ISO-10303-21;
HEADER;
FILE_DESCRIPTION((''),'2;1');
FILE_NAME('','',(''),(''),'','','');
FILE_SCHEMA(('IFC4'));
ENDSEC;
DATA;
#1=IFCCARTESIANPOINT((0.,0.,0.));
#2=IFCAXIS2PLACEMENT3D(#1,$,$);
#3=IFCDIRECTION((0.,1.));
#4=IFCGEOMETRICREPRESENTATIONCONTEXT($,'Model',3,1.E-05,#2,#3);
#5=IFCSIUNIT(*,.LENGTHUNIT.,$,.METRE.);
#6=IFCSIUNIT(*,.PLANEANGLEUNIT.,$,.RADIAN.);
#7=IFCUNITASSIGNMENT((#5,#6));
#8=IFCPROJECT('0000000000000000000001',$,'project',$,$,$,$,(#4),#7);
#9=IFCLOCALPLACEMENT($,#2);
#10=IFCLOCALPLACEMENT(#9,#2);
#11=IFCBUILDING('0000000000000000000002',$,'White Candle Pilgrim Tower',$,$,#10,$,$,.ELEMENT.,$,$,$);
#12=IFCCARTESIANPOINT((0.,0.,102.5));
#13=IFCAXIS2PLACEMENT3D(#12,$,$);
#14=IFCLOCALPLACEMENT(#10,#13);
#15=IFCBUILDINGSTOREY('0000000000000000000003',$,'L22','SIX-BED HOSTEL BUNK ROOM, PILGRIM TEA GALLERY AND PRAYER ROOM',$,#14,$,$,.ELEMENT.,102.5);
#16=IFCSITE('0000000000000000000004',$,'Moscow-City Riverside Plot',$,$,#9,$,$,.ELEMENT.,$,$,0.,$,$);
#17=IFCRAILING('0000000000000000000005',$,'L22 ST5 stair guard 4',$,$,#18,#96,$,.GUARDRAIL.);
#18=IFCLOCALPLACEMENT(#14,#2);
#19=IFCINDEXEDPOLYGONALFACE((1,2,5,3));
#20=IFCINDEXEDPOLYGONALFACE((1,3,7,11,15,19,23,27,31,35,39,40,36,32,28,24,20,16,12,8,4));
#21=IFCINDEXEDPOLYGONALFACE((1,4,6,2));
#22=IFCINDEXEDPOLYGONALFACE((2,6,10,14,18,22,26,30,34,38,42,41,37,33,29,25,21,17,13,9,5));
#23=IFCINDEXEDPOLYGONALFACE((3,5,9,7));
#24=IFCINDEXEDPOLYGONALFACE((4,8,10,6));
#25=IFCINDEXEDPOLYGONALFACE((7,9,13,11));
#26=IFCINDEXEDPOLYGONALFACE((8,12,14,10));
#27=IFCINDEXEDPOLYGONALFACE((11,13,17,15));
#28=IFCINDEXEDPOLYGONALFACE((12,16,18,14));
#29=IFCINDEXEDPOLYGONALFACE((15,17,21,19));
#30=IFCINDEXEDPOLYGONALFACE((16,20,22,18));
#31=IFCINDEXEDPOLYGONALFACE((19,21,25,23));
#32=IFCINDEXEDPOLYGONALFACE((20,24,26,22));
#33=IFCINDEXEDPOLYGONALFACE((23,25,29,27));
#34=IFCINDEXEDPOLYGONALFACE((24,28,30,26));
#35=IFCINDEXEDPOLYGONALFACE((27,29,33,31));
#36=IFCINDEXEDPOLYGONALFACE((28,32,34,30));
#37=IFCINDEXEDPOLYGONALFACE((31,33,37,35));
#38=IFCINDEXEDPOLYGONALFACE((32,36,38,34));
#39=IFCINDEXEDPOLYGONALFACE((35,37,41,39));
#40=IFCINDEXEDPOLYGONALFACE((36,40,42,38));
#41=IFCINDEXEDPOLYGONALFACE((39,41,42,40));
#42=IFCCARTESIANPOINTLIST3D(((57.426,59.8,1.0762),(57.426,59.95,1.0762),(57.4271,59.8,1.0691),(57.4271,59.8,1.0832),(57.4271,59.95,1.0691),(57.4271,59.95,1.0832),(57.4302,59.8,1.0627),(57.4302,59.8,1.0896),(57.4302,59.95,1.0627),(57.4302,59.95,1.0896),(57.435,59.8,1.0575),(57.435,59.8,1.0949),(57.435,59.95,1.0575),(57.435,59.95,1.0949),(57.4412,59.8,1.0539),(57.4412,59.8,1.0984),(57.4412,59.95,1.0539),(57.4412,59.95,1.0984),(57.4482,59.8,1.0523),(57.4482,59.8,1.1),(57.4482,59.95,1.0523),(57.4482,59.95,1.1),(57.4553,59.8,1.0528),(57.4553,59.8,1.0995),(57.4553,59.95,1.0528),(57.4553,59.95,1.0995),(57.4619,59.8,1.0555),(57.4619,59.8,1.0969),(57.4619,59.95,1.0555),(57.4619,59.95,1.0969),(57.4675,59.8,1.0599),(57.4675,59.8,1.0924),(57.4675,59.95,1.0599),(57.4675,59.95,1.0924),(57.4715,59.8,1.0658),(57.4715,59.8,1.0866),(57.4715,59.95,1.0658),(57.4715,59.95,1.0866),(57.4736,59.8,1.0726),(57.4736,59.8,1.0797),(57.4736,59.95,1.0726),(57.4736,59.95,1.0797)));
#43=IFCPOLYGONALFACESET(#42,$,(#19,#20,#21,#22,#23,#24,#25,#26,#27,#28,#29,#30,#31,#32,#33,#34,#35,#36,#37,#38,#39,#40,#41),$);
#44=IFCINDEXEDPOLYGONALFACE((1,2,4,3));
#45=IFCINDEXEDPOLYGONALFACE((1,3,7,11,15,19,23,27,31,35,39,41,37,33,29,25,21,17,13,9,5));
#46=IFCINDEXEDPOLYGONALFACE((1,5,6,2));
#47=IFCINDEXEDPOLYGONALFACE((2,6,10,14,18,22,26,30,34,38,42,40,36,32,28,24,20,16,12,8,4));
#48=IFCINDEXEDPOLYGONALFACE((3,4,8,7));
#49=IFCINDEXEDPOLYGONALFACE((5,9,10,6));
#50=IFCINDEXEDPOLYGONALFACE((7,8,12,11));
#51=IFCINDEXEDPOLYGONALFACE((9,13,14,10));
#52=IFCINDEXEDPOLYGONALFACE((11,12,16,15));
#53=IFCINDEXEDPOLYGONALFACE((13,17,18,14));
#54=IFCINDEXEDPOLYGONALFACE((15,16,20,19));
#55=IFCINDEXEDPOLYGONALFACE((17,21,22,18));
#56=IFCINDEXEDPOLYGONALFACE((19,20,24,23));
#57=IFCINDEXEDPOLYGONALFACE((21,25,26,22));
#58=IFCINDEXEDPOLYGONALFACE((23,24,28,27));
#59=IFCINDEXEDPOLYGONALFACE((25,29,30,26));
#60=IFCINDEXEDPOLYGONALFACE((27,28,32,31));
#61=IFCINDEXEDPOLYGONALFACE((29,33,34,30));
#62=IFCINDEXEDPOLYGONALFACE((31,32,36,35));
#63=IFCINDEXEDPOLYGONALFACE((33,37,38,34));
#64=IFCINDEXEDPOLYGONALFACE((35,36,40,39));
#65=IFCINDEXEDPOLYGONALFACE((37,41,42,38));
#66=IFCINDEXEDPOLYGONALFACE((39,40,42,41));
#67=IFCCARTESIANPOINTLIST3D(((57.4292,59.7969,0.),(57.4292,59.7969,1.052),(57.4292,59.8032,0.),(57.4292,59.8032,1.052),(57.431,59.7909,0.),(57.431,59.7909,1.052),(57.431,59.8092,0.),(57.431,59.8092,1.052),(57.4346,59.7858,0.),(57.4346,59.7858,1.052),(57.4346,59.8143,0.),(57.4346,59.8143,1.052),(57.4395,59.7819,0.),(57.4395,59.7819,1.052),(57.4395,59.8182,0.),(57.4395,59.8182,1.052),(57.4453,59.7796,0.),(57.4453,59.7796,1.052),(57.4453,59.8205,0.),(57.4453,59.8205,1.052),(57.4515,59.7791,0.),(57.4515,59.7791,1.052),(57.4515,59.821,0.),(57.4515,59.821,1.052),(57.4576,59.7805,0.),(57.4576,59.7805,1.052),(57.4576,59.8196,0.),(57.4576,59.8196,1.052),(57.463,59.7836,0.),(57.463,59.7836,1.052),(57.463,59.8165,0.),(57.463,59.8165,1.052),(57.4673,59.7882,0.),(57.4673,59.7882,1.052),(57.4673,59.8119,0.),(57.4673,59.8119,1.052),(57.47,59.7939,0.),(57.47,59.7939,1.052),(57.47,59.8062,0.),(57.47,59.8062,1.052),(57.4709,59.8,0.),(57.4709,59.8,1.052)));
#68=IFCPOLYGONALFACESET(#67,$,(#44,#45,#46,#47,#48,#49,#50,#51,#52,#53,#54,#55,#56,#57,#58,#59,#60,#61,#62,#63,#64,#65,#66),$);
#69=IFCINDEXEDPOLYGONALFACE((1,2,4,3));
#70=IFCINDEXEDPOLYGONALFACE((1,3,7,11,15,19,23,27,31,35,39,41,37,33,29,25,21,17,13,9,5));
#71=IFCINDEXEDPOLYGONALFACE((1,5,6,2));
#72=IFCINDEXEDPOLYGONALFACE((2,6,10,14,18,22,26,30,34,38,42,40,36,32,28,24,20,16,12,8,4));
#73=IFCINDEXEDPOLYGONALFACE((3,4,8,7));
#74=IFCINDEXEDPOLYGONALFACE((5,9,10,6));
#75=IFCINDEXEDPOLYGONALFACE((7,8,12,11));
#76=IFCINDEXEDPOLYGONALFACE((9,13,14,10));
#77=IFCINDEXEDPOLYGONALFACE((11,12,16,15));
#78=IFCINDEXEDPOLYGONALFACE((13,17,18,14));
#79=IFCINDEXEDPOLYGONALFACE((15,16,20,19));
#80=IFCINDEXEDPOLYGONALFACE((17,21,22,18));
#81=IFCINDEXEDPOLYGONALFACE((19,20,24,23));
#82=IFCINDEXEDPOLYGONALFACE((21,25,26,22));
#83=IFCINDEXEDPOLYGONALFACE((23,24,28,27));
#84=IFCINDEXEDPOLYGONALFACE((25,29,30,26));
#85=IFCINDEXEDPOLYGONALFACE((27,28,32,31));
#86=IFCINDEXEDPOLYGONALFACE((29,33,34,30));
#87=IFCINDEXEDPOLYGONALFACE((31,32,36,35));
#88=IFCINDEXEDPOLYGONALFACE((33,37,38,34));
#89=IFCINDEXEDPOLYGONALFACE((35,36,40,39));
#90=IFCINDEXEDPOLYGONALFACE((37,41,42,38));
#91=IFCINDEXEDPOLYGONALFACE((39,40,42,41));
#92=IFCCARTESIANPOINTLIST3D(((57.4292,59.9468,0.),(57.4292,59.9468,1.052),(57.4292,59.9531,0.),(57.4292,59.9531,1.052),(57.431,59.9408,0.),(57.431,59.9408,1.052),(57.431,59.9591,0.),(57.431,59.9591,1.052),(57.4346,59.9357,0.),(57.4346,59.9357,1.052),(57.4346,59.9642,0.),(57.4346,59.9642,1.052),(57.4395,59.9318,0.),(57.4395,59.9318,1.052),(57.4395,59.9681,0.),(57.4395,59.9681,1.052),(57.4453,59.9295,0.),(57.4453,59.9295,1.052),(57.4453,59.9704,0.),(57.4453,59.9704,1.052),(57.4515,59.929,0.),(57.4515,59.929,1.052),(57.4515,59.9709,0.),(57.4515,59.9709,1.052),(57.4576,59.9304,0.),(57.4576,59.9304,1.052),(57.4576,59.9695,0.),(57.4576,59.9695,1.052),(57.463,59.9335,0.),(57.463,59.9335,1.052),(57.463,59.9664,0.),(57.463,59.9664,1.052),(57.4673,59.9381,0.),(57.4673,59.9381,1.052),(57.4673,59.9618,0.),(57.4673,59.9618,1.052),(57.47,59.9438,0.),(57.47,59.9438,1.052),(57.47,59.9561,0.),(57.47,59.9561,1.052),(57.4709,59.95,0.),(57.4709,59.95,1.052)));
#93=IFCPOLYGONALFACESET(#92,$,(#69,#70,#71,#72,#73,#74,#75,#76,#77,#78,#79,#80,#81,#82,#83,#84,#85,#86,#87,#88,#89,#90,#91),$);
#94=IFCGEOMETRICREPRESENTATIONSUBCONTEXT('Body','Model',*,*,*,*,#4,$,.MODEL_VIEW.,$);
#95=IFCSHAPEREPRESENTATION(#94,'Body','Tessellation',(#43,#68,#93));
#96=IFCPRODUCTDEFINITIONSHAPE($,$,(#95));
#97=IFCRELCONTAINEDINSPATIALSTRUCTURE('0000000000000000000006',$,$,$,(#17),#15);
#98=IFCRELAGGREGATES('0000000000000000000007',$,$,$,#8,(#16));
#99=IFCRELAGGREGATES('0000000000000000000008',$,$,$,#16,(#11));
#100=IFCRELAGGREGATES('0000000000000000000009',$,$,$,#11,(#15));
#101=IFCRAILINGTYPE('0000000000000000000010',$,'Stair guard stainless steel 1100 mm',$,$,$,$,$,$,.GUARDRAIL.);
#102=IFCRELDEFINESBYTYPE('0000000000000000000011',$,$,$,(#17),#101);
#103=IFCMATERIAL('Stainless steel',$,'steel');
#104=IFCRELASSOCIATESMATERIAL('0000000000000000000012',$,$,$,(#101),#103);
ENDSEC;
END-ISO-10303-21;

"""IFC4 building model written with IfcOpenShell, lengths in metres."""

from ifc_helpers import new_model, si_unit, direction, frame, origin, origin_2d, place, context, subcontext, project, spatial, circle, extrude, material, type_object, element, save


model = new_model("IFC4")

# Units and contexts
model_context = context("Model", 3, precision=1e-05, world=origin(), true_north=direction((0.0, 1.0)))
body_context = subcontext(model_context, "Body", "Model", "MODEL_VIEW")
ifc_project = project(units=[si_unit("LENGTHUNIT", "METRE"), si_unit("PLANEANGLEUNIT", "RADIAN")], contexts=[model_context])

# Site, building, storey
site_placement = place(None, origin())
site = spatial("IfcSite", under=ifc_project, at=site_placement, Name="Moscow-City Riverside Plot", CompositionType="ELEMENT", RefElevation=0.0)
building_placement = place(site_placement, origin())
building = spatial("IfcBuilding", under=site, at=building_placement, Name="White Candle Pilgrim Tower", CompositionType="ELEMENT")
storey_placement = place(building_placement, frame((0.0, 0.0, 102.5)))
storey = spatial("IfcBuildingStorey", under=building, at=storey_placement, Name="L22", Description="SIX-BED HOSTEL BUNK ROOM, PILGRIM TEA GALLERY AND PRAYER ROOM", CompositionType="ELEMENT", Elevation=102.5)

# Railing
ifc_material_1 = material(Name="Stainless steel", Category="steel")
railing_type_1 = type_object("IfcRailingType", Name="Stair guard stainless steel 1100 mm", PredefinedType="GUARDRAIL", material=ifc_material_1)
railing_1_placement = place(storey_placement, frame((57.45, 59.8, 0.0)))
element("IfcRailing", 1, at=railing_1_placement, inside=storey, type_object=railing_type_1, Name="L22 ST5 stair guard 4", PredefinedType="GUARDRAIL", context=body_context, shape_type="SweptSolid", body=[
    extrude(circle(Radius=0.0239, at=origin_2d()), frame((0.0, 0.0, 1.0762), z_axis=(0.0, 1.0, 0.0), x_axis=(-1.0, 0.0, 0.0)), (0.0, 0.0, 1.0), 0.1499),
    extrude(circle(Radius=0.021, at=origin_2d()), origin(), (0.0, 0.0, 1.0), 1.052),
    extrude(circle(Radius=0.021, at=origin_2d()), frame((0.0, 0.1499, 0.0)), (0.0, 0.0, 1.0), 1.052),
])

save(model, "model.ifc")
